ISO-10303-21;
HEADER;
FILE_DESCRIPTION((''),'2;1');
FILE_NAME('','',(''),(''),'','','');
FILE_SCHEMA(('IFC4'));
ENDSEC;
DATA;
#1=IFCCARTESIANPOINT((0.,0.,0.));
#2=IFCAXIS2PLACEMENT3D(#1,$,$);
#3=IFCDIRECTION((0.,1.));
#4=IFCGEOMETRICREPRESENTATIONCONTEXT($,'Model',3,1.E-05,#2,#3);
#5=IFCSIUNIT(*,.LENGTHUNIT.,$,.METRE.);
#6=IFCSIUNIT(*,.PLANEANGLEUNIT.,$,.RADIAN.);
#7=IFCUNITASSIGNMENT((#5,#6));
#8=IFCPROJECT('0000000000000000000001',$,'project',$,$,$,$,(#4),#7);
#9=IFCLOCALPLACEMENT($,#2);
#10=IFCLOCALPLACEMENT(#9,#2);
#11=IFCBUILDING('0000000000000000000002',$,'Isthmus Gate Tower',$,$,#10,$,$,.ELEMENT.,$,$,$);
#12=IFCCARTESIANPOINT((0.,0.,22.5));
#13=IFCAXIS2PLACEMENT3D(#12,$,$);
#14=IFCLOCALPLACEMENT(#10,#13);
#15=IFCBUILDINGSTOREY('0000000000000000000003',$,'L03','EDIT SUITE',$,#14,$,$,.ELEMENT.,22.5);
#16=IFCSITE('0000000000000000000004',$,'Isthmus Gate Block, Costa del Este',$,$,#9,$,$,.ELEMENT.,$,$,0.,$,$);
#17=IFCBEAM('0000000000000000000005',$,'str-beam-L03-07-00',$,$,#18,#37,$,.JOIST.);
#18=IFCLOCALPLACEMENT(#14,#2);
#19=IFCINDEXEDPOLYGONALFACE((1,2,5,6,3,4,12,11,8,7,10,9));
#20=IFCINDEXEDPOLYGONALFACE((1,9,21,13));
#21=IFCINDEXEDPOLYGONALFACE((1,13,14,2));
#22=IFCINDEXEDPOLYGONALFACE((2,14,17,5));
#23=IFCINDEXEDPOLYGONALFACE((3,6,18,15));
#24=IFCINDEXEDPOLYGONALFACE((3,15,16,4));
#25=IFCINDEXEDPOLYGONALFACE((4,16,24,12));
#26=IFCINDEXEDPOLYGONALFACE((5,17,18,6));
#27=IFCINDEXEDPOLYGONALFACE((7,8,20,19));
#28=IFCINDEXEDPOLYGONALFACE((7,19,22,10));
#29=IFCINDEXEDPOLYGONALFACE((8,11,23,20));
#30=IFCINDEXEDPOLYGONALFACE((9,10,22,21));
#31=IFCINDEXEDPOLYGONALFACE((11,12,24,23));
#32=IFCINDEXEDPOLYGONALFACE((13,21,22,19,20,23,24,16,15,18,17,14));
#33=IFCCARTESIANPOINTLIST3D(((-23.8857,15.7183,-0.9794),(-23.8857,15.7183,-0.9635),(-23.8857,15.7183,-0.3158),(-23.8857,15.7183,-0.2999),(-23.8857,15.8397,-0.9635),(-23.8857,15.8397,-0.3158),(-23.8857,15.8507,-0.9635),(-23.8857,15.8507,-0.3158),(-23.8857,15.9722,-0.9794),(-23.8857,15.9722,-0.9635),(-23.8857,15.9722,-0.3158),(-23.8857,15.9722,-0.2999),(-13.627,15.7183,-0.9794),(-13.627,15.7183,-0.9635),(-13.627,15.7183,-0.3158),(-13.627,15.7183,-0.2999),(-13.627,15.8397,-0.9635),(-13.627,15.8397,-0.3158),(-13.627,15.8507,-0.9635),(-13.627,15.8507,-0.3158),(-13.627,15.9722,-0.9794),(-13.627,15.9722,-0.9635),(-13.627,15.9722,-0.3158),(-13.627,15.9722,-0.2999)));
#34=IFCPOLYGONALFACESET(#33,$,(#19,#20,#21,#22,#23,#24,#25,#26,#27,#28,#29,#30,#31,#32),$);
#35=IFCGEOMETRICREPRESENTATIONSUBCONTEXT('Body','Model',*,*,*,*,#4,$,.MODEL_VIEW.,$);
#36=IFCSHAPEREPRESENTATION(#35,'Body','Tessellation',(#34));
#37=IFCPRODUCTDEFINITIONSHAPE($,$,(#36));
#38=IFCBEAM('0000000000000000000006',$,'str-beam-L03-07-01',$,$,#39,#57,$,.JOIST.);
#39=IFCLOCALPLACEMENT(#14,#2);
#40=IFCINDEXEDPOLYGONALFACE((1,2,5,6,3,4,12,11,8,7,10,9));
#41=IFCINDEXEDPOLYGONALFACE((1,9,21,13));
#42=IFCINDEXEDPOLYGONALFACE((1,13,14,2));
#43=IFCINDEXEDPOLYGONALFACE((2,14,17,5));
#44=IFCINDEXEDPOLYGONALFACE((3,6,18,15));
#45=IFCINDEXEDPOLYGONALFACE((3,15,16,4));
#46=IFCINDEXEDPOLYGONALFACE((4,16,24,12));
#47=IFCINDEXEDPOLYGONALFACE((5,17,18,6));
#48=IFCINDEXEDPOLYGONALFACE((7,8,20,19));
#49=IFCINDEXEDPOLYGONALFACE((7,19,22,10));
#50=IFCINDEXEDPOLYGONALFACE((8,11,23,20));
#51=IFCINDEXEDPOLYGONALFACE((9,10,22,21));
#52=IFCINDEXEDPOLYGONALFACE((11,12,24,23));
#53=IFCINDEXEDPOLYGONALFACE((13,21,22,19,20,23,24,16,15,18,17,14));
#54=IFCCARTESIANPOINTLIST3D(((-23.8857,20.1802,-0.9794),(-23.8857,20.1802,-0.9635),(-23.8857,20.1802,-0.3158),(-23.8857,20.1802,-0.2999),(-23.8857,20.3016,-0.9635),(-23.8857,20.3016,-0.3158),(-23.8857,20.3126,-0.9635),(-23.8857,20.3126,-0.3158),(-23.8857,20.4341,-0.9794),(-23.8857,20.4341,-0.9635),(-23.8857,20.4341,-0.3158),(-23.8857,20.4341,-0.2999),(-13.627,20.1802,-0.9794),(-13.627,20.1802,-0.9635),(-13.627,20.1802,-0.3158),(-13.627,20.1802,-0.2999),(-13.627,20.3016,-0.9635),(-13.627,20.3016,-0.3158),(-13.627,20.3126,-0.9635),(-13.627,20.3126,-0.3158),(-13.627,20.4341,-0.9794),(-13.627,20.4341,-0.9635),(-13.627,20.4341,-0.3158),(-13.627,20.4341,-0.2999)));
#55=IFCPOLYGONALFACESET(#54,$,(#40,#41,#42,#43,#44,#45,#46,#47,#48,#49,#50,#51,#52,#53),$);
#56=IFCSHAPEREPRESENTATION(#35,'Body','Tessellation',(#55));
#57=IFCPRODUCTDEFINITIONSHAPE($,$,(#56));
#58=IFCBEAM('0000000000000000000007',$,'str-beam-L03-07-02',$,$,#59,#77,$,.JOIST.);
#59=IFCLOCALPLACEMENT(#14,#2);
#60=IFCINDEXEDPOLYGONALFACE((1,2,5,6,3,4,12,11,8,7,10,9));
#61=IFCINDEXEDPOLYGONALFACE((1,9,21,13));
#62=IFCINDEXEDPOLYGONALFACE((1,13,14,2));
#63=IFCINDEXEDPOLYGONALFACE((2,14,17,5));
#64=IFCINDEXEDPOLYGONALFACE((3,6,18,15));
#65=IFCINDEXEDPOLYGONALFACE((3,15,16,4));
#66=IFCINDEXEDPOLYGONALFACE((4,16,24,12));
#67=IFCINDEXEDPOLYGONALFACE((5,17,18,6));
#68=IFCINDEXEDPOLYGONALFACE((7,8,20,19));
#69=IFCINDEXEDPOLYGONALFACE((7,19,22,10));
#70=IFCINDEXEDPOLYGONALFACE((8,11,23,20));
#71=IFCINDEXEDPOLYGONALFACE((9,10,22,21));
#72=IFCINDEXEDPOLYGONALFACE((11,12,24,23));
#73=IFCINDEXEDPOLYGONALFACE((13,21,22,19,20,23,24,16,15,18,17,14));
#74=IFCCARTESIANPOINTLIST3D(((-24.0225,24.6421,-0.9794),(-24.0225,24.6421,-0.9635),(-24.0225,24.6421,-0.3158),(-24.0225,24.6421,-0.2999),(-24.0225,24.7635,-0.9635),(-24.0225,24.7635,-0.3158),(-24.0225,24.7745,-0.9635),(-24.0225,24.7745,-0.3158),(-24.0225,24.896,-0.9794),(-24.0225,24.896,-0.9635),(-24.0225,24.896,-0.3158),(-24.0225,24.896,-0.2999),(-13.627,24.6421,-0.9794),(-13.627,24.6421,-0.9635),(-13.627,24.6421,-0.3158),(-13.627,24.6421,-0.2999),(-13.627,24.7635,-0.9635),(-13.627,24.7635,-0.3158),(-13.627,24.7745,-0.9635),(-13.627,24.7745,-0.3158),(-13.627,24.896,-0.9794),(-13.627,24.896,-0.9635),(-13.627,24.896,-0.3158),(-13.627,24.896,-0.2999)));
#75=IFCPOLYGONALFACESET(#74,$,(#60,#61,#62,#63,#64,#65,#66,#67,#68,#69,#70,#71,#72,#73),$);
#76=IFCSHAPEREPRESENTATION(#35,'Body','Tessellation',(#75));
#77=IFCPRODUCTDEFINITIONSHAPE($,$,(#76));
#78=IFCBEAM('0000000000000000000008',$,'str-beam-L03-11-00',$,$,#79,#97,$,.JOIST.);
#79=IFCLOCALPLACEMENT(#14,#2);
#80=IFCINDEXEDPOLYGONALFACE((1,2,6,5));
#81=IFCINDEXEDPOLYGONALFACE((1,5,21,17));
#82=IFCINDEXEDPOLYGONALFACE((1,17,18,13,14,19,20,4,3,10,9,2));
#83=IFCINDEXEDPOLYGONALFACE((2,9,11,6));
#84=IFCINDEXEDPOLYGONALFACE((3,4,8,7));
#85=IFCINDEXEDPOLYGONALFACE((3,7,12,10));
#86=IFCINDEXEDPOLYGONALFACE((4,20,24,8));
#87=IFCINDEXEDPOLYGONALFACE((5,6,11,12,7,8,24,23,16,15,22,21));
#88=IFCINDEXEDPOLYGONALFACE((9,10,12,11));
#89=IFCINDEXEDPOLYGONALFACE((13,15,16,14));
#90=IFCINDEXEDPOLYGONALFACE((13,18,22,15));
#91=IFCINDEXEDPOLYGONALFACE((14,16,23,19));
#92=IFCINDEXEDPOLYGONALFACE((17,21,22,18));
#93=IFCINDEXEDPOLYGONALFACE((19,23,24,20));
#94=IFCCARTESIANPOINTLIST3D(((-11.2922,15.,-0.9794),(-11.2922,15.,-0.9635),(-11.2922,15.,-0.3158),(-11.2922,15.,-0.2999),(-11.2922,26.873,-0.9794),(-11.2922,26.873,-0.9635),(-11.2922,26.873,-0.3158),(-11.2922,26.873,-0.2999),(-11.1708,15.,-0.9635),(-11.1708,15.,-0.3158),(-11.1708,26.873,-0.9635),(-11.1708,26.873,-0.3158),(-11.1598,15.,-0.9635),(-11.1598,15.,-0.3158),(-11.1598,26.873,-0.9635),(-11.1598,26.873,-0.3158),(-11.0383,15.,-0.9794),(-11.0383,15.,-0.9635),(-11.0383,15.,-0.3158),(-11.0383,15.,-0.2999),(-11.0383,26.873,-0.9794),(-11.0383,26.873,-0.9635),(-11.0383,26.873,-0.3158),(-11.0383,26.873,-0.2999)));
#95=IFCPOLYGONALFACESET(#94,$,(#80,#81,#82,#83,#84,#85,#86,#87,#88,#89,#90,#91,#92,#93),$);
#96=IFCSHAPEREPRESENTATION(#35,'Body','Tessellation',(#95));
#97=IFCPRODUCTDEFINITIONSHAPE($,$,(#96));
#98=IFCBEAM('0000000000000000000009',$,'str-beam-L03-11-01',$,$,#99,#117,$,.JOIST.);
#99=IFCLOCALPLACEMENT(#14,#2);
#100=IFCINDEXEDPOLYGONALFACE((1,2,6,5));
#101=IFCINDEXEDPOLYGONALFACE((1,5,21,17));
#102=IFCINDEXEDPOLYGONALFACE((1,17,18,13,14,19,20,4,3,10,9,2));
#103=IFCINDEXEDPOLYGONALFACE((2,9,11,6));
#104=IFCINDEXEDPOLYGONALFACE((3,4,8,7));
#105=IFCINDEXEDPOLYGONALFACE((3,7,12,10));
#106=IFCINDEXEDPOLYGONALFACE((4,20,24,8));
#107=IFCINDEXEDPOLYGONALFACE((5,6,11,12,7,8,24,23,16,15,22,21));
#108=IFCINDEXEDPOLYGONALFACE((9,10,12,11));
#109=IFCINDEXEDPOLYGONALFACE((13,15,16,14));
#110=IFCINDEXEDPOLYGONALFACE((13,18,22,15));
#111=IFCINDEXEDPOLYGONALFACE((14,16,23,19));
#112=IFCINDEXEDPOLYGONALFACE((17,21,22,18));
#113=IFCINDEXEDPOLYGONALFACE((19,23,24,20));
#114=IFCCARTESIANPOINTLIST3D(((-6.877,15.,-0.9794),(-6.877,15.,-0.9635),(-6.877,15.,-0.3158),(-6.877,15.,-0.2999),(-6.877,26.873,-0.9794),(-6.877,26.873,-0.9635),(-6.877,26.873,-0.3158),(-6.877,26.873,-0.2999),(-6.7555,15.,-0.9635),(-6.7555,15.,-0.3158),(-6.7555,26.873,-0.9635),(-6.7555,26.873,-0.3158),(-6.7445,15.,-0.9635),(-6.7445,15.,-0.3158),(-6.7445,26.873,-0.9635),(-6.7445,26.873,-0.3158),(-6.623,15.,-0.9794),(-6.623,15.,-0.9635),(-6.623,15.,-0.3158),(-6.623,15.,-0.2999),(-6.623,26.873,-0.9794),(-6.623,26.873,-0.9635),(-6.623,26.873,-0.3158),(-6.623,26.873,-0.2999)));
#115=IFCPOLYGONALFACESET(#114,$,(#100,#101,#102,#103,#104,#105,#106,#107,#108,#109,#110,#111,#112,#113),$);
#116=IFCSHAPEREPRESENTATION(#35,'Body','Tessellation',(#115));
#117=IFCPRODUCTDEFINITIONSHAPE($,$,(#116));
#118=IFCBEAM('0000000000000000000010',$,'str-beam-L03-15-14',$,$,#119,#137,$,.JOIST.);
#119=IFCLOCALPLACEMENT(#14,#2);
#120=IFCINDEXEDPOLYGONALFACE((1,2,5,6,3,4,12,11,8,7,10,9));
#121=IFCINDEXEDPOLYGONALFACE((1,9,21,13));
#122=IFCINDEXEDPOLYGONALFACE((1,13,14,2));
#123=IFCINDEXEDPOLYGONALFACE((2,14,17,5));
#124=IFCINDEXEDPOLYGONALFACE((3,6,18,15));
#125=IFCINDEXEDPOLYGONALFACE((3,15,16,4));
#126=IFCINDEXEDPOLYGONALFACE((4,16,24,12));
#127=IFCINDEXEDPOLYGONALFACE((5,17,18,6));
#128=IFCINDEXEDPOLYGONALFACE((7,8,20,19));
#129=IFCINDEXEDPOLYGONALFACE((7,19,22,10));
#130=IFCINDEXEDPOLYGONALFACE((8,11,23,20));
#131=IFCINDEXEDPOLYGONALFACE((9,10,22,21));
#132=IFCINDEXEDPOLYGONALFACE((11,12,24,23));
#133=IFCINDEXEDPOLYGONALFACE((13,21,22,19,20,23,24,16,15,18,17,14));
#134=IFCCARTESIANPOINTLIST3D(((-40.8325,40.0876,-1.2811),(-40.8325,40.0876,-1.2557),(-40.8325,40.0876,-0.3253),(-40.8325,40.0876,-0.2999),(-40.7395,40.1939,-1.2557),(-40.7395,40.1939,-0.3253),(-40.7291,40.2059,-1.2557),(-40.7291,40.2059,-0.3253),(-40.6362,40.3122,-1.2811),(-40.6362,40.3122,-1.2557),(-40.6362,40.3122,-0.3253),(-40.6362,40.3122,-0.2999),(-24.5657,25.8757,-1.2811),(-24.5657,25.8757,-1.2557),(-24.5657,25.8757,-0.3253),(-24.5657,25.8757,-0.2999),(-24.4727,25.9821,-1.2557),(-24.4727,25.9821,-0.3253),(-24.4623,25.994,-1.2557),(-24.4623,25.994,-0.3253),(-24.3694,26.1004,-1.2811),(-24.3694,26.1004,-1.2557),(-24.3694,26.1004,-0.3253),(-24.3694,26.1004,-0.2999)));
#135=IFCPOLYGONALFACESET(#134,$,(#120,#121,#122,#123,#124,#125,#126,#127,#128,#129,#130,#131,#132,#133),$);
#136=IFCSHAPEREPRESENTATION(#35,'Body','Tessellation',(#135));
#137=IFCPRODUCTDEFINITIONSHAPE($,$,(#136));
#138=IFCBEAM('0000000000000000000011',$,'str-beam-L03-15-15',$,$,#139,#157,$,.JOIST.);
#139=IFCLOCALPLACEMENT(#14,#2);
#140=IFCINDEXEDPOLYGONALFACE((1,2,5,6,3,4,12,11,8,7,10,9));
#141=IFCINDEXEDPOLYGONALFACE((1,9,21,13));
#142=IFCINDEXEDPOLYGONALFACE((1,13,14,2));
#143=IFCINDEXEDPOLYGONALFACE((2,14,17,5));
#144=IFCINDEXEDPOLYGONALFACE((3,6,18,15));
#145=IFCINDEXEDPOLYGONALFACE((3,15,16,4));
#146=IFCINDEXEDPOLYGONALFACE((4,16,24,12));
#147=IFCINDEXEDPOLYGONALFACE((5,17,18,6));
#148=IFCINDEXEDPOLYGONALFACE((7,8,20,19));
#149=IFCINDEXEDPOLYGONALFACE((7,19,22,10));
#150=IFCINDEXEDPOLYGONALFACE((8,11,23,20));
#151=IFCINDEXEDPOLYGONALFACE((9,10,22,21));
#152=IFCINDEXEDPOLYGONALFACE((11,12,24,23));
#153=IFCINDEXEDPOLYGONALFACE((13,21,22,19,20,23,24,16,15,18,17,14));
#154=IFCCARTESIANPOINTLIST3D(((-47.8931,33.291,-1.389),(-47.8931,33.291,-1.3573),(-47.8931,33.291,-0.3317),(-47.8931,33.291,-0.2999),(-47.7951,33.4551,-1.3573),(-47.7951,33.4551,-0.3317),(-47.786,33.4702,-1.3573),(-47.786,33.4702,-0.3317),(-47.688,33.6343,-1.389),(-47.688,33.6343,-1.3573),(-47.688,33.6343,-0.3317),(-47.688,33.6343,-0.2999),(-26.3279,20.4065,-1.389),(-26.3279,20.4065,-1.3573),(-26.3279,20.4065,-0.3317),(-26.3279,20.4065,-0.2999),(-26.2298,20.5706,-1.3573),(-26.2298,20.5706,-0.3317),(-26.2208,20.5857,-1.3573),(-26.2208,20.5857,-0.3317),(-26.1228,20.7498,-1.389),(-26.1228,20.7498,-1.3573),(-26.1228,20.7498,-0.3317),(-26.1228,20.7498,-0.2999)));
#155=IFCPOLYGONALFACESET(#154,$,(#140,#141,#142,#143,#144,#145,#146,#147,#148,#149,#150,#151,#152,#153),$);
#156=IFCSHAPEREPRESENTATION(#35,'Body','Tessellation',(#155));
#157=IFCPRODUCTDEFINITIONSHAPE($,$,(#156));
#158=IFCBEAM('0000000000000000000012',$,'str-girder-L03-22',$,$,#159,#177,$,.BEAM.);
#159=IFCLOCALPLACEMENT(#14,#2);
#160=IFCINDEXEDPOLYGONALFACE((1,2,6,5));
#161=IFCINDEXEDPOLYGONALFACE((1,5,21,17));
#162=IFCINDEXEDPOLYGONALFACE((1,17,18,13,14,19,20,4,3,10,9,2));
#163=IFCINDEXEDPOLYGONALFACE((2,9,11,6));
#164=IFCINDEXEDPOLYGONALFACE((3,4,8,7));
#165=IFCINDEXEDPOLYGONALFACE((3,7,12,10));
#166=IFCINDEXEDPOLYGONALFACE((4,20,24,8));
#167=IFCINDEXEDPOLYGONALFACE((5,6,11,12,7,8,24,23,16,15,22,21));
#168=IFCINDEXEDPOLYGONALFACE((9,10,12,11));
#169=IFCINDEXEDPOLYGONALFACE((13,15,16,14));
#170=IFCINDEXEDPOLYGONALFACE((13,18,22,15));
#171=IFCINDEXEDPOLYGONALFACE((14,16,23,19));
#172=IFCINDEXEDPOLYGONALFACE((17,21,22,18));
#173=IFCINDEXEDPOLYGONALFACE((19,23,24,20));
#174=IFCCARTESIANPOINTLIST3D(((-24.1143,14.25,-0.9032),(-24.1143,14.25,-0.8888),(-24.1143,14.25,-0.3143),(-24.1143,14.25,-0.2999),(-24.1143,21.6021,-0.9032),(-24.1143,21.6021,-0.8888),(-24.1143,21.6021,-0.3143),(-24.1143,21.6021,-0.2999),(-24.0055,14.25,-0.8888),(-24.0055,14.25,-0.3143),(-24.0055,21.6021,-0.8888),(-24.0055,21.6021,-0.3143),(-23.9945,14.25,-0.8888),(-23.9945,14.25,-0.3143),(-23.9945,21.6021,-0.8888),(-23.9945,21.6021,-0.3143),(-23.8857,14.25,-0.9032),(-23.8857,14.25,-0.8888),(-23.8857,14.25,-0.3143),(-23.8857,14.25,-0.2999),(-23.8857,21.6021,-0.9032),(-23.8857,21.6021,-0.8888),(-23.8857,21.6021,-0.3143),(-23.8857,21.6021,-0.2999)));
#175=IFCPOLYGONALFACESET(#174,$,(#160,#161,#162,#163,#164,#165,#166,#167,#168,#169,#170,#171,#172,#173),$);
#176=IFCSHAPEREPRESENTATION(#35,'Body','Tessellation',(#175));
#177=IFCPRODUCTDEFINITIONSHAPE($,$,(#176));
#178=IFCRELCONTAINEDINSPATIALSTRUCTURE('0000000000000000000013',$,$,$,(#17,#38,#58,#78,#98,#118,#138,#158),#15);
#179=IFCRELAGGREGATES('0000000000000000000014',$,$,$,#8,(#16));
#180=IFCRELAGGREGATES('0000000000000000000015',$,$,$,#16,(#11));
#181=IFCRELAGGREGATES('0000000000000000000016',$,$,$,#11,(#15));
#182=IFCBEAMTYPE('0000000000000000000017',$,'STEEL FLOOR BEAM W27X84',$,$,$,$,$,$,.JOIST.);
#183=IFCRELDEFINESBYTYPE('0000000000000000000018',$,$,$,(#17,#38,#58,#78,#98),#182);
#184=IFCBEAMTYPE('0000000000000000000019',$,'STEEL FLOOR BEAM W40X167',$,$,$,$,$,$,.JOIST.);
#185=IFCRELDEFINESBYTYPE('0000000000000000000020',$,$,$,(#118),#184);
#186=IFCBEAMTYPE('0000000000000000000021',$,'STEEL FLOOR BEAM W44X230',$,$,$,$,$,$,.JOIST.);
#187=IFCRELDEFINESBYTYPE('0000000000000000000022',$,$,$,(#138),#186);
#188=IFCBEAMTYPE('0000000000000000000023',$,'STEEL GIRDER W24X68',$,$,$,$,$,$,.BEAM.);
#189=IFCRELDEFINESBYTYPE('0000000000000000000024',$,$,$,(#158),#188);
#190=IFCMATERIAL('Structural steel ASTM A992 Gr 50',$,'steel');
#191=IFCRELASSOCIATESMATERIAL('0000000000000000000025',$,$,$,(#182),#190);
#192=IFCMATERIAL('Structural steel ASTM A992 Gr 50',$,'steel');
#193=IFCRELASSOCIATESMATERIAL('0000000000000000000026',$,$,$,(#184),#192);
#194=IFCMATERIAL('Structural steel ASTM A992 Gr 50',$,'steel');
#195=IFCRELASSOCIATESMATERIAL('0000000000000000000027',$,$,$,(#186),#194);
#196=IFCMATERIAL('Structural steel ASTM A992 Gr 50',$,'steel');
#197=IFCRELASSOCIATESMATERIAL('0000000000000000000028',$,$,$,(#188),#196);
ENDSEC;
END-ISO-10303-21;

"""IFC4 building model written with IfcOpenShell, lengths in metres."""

from ifc_helpers import new_model, si_unit, direction, frame, origin, origin_2d, place, context, subcontext, project, spatial, i_section, extrude, material, material_profile, profile_set, type_object, element, save


model = new_model("IFC4")

# Units and contexts
model_context = context("Model", 3, precision=1e-05, world=origin(), true_north=direction((0.0, 1.0)))
body_context = subcontext(model_context, "Body", "Model", "MODEL_VIEW")
ifc_project = project(units=[si_unit("LENGTHUNIT", "METRE"), si_unit("PLANEANGLEUNIT", "RADIAN")], contexts=[model_context])

# Site, building, storey
site_placement = place(None, origin())
site = spatial("IfcSite", under=ifc_project, at=site_placement, Name="Isthmus Gate Block, Costa del Este", CompositionType="ELEMENT", RefElevation=0.0)
building_placement = place(site_placement, origin())
building = spatial("IfcBuilding", under=site, at=building_placement, Name="Isthmus Gate Tower", CompositionType="ELEMENT")
storey_placement = place(building_placement, frame((0.0, 0.0, 22.5)))
storey = spatial("IfcBuildingStorey", under=building, at=storey_placement, Name="L03", Description="EDIT SUITE", CompositionType="ELEMENT", Elevation=22.5)

# Beams
ifc_material_1 = material(Name="Structural steel ASTM A992 Gr 50", Category="steel")
ifc_material_profile_1 = material_profile(ifc_material_1, i_section(OverallWidth=0.2539, OverallDepth=0.6794, WebThickness=0.011, FlangeThickness=0.0159, at=origin_2d()), Name="W27X84")
ifc_profile_set_1 = profile_set([ifc_material_profile_1], Name="Structural steel ASTM A992 Gr 50")
beam_type_1 = type_object("IfcBeamType", Name="STEEL FLOOR BEAM W27X84", PredefinedType="JOIST", material=ifc_profile_set_1)
for number, where, z_axis, x_axis, name in (
    (1, (-23.8857, 15.8452, -0.6396), (1.0, 0.0, 0.0), (0.0, 1.0, 0.0), "str-beam-L03-07-00"),
    (2, (-23.8857, 20.3071, -0.6396), (1.0, 0.0, 0.0), (0.0, 1.0, 0.0), "str-beam-L03-07-01"),
):
    element("IfcBeam", number, at=place(storey_placement, frame(where, z_axis=z_axis, x_axis=x_axis)), inside=storey, type_object=beam_type_1, Name=name, PredefinedType="JOIST", context=body_context, shape_type="SweptSolid", body=[
        extrude(i_section(OverallWidth=0.2539, OverallDepth=0.6794, WebThickness=0.011, FlangeThickness=0.0159, at=origin_2d()), origin(), (0.0, 0.0, 1.0), 10.2588),
    ])
beam_1_placement = place(storey_placement, frame((-24.0225, 24.769, -0.6396), z_axis=(1.0, 0.0, 0.0), x_axis=(0.0, 1.0, 0.0)))
element("IfcBeam", 3, at=beam_1_placement, inside=storey, type_object=beam_type_1, Name="str-beam-L03-07-02", PredefinedType="JOIST", context=body_context, shape_type="SweptSolid", body=[
    extrude(i_section(OverallWidth=0.2539, OverallDepth=0.6794, WebThickness=0.011, FlangeThickness=0.0159, at=origin_2d()), origin(), (0.0, 0.0, 1.0), 10.3955),
])
for number, where, z_axis, x_axis, name in (
    (4, (-11.1653, 15.0, -0.6396), (0.0, 1.0, 0.0), (-1.0, 0.0, 0.0), "str-beam-L03-11-00"),
    (5, (-6.75, 15.0, -0.6396), (0.0, 1.0, 0.0), (-1.0, 0.0, 0.0), "str-beam-L03-11-01"),
):
    element("IfcBeam", number, at=place(storey_placement, frame(where, z_axis=z_axis, x_axis=x_axis)), inside=storey, type_object=beam_type_1, Name=name, PredefinedType="JOIST", context=body_context, shape_type="SweptSolid", body=[
        extrude(i_section(OverallWidth=0.2539, OverallDepth=0.6794, WebThickness=0.011, FlangeThickness=0.0159, at=origin_2d()), origin(), (0.0, 0.0, 1.0), 11.873),
    ])
ifc_material_2 = material(Name="Structural steel ASTM A992 Gr 50", Category="steel")
ifc_material_profile_2 = material_profile(ifc_material_2, i_section(OverallWidth=0.2983, OverallDepth=0.9812, WebThickness=0.0159, FlangeThickness=0.0254, at=origin_2d()), Name="W40X167")
ifc_profile_set_2 = profile_set([ifc_material_profile_2], Name="Structural steel ASTM A992 Gr 50")
beam_type_2 = type_object("IfcBeamType", Name="STEEL FLOOR BEAM W40X167", PredefinedType="JOIST", material=ifc_profile_set_2)
beam_2_placement = place(storey_placement, frame((-24.4675, 25.988, -0.7905), z_axis=(-0.753071, 0.657939, 0.0), x_axis=(-0.657939, -0.753071, 0.0)))
element("IfcBeam", 6, at=beam_2_placement, inside=storey, type_object=beam_type_2, Name="str-beam-L03-15-14", PredefinedType="JOIST", context=body_context, shape_type="SweptSolid", body=[
    extrude(i_section(OverallWidth=0.2983, OverallDepth=0.9812, WebThickness=0.0159, FlangeThickness=0.0254, at=origin_2d()), origin(), (0.0, 0.0, 1.0), 21.6006),
])
ifc_material_3 = material(Name="Structural steel ASTM A992 Gr 50", Category="steel")
ifc_material_profile_3 = material_profile(ifc_material_3, i_section(OverallWidth=0.3999, OverallDepth=1.0891, WebThickness=0.0176, FlangeThickness=0.0317, at=origin_2d()), Name="W44X230")
ifc_profile_set_3 = profile_set([ifc_material_profile_3], Name="Structural steel ASTM A992 Gr 50")
beam_type_3 = type_object("IfcBeamType", Name="STEEL FLOOR BEAM W44X230", PredefinedType="JOIST", material=ifc_profile_set_3)
beam_3_placement = place(storey_placement, frame((-26.2253, 20.5781, -0.8445), z_axis=(-0.85845, 0.512897, 0.0), x_axis=(-0.512897, -0.85845, 0.0)))
element("IfcBeam", 7, at=beam_3_placement, inside=storey, type_object=beam_type_3, Name="str-beam-L03-15-15", PredefinedType="JOIST", context=body_context, shape_type="SweptSolid", body=[
    extrude(i_section(OverallWidth=0.3999, OverallDepth=1.0891, WebThickness=0.0176, FlangeThickness=0.0317, at=origin_2d()), origin(), (0.0, 0.0, 1.0), 25.1211),
])
ifc_material_4 = material(Name="Structural steel ASTM A992 Gr 50", Category="steel")
ifc_material_profile_4 = material_profile(ifc_material_4, i_section(OverallWidth=0.2285, OverallDepth=0.6033, WebThickness=0.011, FlangeThickness=0.0144, at=origin_2d()), Name="W24X68")
ifc_profile_set_4 = profile_set([ifc_material_profile_4], Name="Structural steel ASTM A992 Gr 50")
beam_type_4 = type_object("IfcBeamType", Name="STEEL GIRDER W24X68", PredefinedType="BEAM", material=ifc_profile_set_4)
beam_4_placement = place(storey_placement, frame((-24.0, 14.25, -0.6016), z_axis=(0.0, 1.0, 0.0), x_axis=(-1.0, 0.0, 0.0)))
element("IfcBeam", 8, at=beam_4_placement, inside=storey, type_object=beam_type_4, Name="str-girder-L03-22", PredefinedType="BEAM", context=body_context, shape_type="SweptSolid", body=[
    extrude(i_section(OverallWidth=0.2285, OverallDepth=0.6033, WebThickness=0.011, FlangeThickness=0.0144, at=origin_2d()), origin(), (0.0, 0.0, 1.0), 7.3521),
])

save(model, "model.ifc")
